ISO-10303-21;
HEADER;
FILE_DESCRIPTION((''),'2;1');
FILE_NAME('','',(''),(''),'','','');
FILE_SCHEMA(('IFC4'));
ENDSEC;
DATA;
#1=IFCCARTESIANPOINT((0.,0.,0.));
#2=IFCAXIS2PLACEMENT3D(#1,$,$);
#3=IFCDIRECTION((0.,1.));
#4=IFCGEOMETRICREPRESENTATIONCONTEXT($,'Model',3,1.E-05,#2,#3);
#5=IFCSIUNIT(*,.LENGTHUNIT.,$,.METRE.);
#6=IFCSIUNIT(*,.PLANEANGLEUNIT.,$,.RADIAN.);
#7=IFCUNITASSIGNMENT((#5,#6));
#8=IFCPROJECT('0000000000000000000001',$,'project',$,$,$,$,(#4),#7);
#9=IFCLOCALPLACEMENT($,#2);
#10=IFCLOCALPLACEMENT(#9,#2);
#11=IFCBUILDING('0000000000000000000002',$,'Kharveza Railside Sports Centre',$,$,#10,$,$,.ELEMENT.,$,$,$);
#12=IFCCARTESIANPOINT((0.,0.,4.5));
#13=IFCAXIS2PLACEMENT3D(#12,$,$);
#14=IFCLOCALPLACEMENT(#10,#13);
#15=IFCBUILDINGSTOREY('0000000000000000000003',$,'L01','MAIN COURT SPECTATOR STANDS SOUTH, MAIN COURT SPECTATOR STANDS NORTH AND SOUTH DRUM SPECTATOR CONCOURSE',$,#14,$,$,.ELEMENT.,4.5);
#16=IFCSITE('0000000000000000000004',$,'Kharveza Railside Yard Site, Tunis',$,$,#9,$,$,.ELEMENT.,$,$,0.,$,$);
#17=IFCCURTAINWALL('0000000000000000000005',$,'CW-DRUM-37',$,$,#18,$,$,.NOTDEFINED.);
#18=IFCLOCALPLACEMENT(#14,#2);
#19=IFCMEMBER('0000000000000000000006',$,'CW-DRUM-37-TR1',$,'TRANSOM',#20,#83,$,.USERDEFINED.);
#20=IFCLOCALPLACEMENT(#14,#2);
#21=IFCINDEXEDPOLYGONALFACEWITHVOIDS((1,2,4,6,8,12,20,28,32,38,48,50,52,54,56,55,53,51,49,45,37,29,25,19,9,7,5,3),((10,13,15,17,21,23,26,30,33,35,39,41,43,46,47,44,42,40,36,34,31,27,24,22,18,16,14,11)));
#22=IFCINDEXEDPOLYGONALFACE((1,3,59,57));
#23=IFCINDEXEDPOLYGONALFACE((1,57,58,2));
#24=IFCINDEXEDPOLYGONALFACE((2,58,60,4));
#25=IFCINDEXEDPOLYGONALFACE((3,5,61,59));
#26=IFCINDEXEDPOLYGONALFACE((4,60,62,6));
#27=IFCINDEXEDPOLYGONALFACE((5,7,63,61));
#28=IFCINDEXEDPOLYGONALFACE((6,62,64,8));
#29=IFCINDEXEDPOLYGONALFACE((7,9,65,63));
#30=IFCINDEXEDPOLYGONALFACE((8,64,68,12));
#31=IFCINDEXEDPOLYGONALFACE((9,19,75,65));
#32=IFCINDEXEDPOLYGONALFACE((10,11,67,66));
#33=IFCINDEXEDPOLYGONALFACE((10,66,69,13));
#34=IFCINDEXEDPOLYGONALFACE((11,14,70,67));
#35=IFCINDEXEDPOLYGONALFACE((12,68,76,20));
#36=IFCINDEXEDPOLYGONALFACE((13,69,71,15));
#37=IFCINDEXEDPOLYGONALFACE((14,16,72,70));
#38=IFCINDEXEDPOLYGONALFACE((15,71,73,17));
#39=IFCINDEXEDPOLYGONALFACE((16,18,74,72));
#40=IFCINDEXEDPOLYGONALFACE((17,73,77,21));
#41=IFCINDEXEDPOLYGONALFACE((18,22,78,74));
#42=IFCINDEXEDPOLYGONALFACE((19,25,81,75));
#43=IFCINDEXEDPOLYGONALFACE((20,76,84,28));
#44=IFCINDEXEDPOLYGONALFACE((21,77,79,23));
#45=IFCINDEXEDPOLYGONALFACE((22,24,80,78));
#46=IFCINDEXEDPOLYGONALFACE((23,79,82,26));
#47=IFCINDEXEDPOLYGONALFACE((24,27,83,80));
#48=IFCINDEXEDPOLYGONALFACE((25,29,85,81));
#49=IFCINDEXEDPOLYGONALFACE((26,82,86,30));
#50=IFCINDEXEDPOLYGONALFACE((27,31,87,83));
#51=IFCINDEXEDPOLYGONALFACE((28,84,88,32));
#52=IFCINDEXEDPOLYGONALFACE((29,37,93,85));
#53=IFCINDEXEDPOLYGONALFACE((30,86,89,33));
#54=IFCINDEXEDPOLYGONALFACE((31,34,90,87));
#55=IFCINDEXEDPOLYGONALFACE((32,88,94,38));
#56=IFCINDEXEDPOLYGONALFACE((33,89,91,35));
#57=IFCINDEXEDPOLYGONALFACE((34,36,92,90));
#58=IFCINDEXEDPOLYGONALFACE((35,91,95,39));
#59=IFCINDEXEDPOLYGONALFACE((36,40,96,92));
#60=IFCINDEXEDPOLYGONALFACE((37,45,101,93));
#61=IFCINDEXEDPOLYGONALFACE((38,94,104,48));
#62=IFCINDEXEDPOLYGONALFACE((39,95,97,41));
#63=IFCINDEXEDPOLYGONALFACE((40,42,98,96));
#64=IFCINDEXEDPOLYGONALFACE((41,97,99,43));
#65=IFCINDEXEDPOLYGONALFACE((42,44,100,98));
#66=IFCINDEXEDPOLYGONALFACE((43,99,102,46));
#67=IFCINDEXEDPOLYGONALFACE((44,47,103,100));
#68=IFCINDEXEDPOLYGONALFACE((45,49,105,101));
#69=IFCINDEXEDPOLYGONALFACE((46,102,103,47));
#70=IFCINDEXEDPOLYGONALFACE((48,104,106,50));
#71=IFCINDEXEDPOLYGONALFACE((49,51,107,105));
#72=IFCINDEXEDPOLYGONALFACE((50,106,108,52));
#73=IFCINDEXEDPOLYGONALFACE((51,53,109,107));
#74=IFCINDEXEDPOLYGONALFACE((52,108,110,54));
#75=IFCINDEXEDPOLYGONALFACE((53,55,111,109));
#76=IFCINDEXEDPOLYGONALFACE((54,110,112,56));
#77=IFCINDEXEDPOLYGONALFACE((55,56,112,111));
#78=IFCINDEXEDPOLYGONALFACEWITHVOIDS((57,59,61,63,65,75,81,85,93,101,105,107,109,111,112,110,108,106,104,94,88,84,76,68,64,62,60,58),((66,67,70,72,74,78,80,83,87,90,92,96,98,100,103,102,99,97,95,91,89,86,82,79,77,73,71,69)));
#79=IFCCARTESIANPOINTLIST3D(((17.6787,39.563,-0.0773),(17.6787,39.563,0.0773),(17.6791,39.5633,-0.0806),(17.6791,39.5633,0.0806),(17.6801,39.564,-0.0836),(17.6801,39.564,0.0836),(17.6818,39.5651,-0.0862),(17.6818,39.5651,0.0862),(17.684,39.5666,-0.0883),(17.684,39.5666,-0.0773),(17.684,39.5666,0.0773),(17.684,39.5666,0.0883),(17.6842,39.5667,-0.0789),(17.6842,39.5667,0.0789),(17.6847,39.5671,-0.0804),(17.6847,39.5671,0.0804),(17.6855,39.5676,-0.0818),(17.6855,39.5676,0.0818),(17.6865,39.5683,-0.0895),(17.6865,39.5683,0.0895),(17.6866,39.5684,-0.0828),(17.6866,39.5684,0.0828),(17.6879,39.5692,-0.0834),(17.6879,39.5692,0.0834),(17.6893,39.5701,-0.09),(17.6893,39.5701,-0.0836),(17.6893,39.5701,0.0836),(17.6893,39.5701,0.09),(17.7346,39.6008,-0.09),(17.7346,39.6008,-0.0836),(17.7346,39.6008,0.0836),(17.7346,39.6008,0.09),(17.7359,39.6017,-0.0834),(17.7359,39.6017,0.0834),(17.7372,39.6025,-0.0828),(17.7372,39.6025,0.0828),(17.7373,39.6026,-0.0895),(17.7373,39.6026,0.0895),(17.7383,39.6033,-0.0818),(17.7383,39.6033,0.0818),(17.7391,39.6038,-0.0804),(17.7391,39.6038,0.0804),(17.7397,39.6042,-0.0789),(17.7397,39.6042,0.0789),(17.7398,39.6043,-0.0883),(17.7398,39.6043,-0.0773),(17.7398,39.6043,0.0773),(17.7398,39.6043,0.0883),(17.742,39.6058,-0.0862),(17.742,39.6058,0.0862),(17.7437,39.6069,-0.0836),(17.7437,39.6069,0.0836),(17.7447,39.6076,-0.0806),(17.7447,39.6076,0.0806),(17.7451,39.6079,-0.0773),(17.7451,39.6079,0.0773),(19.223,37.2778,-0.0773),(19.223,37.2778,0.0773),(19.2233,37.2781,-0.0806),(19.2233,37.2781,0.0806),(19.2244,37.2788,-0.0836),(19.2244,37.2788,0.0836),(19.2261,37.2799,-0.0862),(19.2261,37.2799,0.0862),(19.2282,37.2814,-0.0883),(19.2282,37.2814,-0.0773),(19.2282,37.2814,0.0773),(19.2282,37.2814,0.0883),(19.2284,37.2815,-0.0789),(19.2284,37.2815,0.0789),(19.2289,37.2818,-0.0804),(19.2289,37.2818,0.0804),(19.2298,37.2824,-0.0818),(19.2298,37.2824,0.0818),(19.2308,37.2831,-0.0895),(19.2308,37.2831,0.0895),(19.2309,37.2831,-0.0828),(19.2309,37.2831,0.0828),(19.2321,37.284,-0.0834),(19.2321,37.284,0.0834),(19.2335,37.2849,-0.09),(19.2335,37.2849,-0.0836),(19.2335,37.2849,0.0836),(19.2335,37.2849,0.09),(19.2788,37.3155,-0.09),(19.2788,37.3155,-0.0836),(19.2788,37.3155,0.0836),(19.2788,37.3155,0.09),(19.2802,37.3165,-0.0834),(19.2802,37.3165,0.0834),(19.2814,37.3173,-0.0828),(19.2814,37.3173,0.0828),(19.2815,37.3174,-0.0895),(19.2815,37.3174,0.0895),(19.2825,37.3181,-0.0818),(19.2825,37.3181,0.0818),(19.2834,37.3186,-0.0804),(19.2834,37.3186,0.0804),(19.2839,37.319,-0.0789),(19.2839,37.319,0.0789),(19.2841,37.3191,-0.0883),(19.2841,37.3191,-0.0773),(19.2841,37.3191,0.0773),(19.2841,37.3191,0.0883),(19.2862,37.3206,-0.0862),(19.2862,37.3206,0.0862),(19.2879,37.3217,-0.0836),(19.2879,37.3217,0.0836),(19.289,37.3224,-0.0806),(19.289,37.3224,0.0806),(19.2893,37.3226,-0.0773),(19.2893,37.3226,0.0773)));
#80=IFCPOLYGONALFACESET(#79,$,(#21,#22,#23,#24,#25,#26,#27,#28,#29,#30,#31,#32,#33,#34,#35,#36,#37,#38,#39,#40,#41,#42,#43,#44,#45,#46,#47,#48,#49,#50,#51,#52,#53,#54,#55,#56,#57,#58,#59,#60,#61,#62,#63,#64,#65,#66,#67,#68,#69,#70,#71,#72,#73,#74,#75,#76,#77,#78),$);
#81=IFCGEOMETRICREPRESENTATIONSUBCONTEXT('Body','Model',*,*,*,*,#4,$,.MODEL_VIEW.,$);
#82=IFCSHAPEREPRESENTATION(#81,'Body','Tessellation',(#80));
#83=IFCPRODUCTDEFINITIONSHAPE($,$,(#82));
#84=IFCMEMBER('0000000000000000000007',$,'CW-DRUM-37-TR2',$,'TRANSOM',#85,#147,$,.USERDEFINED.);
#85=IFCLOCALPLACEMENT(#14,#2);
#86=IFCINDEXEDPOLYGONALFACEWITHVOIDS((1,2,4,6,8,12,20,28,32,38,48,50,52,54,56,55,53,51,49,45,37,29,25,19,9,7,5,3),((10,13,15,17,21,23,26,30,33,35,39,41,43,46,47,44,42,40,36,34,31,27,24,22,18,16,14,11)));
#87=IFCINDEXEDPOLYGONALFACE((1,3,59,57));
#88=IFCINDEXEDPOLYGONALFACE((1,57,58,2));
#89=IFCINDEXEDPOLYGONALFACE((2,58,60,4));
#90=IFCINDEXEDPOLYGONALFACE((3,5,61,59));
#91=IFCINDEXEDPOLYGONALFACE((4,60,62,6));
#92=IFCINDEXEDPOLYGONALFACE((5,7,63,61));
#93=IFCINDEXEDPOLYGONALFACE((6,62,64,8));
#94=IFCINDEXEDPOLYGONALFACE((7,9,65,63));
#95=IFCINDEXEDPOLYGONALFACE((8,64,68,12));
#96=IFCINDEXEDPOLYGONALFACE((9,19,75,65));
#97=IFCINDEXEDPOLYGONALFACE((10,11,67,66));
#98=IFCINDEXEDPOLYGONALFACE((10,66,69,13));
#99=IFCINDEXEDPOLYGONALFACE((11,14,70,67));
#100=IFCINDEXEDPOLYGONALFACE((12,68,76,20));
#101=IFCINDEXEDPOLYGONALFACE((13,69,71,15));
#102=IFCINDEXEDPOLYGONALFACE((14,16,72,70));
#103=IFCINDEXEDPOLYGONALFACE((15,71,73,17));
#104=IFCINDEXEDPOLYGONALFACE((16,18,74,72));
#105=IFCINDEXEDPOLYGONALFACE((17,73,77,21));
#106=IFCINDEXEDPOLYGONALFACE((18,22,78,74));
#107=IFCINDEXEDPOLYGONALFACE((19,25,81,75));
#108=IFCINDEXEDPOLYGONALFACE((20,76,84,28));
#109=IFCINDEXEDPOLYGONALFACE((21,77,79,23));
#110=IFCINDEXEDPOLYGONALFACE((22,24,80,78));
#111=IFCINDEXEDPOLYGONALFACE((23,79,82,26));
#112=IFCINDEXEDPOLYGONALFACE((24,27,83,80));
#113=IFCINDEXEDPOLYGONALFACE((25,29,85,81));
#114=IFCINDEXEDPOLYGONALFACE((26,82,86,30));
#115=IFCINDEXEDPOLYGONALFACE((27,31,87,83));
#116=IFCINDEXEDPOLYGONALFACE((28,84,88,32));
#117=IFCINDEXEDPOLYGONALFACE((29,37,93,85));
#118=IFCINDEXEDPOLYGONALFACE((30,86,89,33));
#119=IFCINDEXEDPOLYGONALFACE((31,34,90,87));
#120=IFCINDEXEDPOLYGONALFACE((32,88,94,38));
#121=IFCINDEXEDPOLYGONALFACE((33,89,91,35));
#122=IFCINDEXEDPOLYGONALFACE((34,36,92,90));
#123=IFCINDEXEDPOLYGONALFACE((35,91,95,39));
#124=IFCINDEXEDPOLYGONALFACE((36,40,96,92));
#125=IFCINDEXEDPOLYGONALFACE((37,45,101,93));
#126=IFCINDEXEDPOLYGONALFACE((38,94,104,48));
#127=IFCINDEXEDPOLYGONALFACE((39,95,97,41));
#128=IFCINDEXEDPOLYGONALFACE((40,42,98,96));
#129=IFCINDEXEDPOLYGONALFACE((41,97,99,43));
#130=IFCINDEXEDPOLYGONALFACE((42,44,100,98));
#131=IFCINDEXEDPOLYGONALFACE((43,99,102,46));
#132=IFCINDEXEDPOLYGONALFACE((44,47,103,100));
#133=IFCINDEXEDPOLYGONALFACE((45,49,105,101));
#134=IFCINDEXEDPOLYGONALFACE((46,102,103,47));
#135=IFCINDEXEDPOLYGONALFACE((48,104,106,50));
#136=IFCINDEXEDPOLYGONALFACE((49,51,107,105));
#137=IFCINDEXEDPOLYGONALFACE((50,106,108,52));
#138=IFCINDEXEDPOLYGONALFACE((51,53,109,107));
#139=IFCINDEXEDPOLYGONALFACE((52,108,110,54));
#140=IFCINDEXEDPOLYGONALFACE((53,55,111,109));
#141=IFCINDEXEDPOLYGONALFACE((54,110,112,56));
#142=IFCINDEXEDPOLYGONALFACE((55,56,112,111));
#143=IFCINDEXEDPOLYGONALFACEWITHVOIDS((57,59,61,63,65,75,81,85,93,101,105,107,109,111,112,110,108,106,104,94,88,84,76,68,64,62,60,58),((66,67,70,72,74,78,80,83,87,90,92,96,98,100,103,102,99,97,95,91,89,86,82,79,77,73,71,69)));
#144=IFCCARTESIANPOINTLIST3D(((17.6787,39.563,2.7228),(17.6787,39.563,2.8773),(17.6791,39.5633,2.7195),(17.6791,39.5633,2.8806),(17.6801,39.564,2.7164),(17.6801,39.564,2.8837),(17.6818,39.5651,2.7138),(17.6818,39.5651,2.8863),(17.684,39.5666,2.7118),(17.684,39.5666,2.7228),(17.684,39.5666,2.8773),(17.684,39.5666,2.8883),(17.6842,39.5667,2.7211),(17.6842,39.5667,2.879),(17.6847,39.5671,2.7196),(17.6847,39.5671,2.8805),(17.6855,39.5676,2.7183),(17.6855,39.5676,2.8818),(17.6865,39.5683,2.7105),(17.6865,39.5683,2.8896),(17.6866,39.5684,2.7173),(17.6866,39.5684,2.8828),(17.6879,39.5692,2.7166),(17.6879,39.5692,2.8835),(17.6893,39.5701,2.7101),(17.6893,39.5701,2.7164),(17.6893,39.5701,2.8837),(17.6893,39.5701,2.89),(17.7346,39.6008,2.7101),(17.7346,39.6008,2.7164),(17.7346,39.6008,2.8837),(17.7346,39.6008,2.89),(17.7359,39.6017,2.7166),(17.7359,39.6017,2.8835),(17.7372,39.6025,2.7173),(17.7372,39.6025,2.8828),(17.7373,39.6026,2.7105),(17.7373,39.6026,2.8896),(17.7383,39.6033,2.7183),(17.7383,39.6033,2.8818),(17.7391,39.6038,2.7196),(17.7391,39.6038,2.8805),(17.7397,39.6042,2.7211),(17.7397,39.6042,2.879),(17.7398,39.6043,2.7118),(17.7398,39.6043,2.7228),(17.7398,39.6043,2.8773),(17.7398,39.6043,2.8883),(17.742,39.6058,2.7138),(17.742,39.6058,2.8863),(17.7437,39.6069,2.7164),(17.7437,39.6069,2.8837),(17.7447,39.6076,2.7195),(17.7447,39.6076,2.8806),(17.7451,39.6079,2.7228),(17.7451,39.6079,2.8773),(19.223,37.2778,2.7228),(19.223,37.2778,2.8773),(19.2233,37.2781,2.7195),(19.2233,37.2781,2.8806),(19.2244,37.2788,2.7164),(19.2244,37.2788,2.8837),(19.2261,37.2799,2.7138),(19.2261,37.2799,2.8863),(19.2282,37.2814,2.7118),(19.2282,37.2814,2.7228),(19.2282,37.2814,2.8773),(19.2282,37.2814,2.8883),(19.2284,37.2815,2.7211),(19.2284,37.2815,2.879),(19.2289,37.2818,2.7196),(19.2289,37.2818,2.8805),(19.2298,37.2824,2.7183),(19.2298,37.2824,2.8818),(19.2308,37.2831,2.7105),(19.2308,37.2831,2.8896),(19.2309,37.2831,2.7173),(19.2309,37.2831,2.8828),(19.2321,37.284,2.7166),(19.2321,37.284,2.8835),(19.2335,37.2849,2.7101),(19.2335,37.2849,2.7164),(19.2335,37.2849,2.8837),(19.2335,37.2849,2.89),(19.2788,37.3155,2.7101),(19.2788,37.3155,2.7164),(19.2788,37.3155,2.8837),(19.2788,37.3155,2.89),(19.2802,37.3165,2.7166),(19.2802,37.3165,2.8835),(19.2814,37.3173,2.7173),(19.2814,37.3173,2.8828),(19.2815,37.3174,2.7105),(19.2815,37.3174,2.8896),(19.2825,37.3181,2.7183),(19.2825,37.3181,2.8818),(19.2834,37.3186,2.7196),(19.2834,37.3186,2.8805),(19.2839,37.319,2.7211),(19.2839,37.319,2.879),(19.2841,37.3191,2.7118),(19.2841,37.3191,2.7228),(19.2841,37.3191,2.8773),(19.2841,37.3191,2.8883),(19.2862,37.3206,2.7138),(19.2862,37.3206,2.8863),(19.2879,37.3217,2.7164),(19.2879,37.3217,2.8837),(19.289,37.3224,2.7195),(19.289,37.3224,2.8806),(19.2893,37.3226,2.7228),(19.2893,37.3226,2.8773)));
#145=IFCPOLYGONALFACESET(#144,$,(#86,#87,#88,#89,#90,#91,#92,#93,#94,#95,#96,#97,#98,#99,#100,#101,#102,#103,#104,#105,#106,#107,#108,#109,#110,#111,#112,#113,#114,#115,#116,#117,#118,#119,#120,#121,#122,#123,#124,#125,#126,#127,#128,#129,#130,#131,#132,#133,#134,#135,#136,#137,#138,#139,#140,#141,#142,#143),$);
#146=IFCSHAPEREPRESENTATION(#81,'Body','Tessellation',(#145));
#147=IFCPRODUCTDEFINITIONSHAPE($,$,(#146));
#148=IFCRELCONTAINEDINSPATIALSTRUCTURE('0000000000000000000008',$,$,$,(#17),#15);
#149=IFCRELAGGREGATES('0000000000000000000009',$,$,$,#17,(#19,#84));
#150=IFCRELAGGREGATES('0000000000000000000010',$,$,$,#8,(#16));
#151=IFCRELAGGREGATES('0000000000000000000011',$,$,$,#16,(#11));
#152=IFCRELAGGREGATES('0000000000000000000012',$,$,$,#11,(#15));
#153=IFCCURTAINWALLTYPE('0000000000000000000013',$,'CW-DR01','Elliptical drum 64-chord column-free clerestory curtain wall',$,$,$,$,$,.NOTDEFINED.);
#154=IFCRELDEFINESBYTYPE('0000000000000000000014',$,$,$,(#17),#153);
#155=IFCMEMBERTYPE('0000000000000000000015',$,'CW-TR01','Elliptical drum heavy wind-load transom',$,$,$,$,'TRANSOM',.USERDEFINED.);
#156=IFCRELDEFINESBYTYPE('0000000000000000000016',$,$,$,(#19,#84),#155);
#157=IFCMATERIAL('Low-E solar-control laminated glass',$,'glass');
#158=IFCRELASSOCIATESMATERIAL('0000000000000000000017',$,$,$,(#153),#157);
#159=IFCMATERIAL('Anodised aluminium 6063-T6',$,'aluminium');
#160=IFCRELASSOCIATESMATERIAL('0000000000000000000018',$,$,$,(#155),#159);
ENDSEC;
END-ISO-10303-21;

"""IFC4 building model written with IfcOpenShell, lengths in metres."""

from ifc_helpers import new_model, si_unit, direction, frame, origin, origin_2d, place, context, subcontext, project, spatial, hollow_rectangle, extrude, material, material_profile, profile_set, type_object, element, aggregate, save


model = new_model("IFC4")

# Units and contexts
model_context = context("Model", 3, precision=1e-05, world=origin(), true_north=direction((0.0, 1.0)))
body_context = subcontext(model_context, "Body", "Model", "MODEL_VIEW")
ifc_project = project(units=[si_unit("LENGTHUNIT", "METRE"), si_unit("PLANEANGLEUNIT", "RADIAN")], contexts=[model_context])

# Site, building, storey
site_placement = place(None, origin())
site = spatial("IfcSite", under=ifc_project, at=site_placement, Name="Kharveza Railside Yard Site, Tunis", CompositionType="ELEMENT", RefElevation=0.0)
building_placement = place(site_placement, origin())
building = spatial("IfcBuilding", under=site, at=building_placement, Name="Kharveza Railside Sports Centre", CompositionType="ELEMENT")
storey_placement = place(building_placement, frame((0.0, 0.0, 4.5)))
storey = spatial("IfcBuildingStorey", under=building, at=storey_placement, Name="L01", Description="MAIN COURT SPECTATOR STANDS SOUTH, MAIN COURT SPECTATOR STANDS NORTH AND SOUTH DRUM SPECTATOR CONCOURSE", CompositionType="ELEMENT", Elevation=4.5)

# Shared definitions
ifc_material_1 = material(Name="Low-E solar-control laminated glass", Category="glass")
curtain_wall_type = type_object("IfcCurtainWallType", Name="CW-DR01", Description="Elliptical drum 64-chord column-free clerestory curtain wall", PredefinedType="NOTDEFINED", material=ifc_material_1)
ifc_material_2 = material(Name="Anodised aluminium 6063-T6", Category="aluminium")

# Curtain wall
curtain_wall_1_placement = place(storey_placement, origin())
curtain_wall_1 = element("IfcCurtainWall", 1, at=curtain_wall_1_placement, inside=storey, type_object=curtain_wall_type, Name="CW-DRUM-37", PredefinedType="NOTDEFINED")

# Members
ifc_material_profile_1 = material_profile(ifc_material_2, hollow_rectangle(XDim=0.0801, YDim=0.1799, WallThickness=0.0063, InnerFilletRadius=0.0063, OuterFilletRadius=0.0127, at=origin_2d()), Name="RHS 80x180x6.3")
ifc_profile_set_1 = profile_set([ifc_material_profile_1], Name="Anodised aluminium 6063-T6")
member_type_1 = type_object("IfcMemberType", Name="CW-TR01", Description="Elliptical drum heavy wind-load transom", ElementType="TRANSOM", PredefinedType="USERDEFINED", material=ifc_profile_set_1)
member_1_placement = place(storey_placement, frame((17.7119, 39.5854, 0.0), z_axis=(0.559898, -0.828561, 0.0), x_axis=(0.828561, 0.559898, 0.0)))
member_1 = element("IfcMember", 2, at=member_1_placement, type_object=member_type_1, Name="CW-DRUM-37-TR1", ObjectType="TRANSOM", PredefinedType="USERDEFINED", context=body_context, shape_type="SweptSolid", body=[
    extrude(hollow_rectangle(XDim=0.0801, YDim=0.1799, WallThickness=0.0063, InnerFilletRadius=0.0063, OuterFilletRadius=0.0127, at=origin_2d()), origin(), (0.0, 0.0, 1.0), 2.7581),
])
member_2_placement = place(storey_placement, frame((17.7119, 39.5854, 2.8), z_axis=(0.559898, -0.828561, 0.0), x_axis=(0.828561, 0.559898, 0.0)))
member_2 = element("IfcMember", 3, at=member_2_placement, type_object=member_type_1, Name="CW-DRUM-37-TR2", ObjectType="TRANSOM", PredefinedType="USERDEFINED", context=body_context, shape_type="SweptSolid", body=[
    extrude(hollow_rectangle(XDim=0.0801, YDim=0.1799, WallThickness=0.0063, InnerFilletRadius=0.0063, OuterFilletRadius=0.0127, at=origin_2d()), origin(), (0.0, 0.0, 1.0), 2.7581),
])

aggregate(curtain_wall_1, [member_1, member_2])

save(model, "model.ifc")
